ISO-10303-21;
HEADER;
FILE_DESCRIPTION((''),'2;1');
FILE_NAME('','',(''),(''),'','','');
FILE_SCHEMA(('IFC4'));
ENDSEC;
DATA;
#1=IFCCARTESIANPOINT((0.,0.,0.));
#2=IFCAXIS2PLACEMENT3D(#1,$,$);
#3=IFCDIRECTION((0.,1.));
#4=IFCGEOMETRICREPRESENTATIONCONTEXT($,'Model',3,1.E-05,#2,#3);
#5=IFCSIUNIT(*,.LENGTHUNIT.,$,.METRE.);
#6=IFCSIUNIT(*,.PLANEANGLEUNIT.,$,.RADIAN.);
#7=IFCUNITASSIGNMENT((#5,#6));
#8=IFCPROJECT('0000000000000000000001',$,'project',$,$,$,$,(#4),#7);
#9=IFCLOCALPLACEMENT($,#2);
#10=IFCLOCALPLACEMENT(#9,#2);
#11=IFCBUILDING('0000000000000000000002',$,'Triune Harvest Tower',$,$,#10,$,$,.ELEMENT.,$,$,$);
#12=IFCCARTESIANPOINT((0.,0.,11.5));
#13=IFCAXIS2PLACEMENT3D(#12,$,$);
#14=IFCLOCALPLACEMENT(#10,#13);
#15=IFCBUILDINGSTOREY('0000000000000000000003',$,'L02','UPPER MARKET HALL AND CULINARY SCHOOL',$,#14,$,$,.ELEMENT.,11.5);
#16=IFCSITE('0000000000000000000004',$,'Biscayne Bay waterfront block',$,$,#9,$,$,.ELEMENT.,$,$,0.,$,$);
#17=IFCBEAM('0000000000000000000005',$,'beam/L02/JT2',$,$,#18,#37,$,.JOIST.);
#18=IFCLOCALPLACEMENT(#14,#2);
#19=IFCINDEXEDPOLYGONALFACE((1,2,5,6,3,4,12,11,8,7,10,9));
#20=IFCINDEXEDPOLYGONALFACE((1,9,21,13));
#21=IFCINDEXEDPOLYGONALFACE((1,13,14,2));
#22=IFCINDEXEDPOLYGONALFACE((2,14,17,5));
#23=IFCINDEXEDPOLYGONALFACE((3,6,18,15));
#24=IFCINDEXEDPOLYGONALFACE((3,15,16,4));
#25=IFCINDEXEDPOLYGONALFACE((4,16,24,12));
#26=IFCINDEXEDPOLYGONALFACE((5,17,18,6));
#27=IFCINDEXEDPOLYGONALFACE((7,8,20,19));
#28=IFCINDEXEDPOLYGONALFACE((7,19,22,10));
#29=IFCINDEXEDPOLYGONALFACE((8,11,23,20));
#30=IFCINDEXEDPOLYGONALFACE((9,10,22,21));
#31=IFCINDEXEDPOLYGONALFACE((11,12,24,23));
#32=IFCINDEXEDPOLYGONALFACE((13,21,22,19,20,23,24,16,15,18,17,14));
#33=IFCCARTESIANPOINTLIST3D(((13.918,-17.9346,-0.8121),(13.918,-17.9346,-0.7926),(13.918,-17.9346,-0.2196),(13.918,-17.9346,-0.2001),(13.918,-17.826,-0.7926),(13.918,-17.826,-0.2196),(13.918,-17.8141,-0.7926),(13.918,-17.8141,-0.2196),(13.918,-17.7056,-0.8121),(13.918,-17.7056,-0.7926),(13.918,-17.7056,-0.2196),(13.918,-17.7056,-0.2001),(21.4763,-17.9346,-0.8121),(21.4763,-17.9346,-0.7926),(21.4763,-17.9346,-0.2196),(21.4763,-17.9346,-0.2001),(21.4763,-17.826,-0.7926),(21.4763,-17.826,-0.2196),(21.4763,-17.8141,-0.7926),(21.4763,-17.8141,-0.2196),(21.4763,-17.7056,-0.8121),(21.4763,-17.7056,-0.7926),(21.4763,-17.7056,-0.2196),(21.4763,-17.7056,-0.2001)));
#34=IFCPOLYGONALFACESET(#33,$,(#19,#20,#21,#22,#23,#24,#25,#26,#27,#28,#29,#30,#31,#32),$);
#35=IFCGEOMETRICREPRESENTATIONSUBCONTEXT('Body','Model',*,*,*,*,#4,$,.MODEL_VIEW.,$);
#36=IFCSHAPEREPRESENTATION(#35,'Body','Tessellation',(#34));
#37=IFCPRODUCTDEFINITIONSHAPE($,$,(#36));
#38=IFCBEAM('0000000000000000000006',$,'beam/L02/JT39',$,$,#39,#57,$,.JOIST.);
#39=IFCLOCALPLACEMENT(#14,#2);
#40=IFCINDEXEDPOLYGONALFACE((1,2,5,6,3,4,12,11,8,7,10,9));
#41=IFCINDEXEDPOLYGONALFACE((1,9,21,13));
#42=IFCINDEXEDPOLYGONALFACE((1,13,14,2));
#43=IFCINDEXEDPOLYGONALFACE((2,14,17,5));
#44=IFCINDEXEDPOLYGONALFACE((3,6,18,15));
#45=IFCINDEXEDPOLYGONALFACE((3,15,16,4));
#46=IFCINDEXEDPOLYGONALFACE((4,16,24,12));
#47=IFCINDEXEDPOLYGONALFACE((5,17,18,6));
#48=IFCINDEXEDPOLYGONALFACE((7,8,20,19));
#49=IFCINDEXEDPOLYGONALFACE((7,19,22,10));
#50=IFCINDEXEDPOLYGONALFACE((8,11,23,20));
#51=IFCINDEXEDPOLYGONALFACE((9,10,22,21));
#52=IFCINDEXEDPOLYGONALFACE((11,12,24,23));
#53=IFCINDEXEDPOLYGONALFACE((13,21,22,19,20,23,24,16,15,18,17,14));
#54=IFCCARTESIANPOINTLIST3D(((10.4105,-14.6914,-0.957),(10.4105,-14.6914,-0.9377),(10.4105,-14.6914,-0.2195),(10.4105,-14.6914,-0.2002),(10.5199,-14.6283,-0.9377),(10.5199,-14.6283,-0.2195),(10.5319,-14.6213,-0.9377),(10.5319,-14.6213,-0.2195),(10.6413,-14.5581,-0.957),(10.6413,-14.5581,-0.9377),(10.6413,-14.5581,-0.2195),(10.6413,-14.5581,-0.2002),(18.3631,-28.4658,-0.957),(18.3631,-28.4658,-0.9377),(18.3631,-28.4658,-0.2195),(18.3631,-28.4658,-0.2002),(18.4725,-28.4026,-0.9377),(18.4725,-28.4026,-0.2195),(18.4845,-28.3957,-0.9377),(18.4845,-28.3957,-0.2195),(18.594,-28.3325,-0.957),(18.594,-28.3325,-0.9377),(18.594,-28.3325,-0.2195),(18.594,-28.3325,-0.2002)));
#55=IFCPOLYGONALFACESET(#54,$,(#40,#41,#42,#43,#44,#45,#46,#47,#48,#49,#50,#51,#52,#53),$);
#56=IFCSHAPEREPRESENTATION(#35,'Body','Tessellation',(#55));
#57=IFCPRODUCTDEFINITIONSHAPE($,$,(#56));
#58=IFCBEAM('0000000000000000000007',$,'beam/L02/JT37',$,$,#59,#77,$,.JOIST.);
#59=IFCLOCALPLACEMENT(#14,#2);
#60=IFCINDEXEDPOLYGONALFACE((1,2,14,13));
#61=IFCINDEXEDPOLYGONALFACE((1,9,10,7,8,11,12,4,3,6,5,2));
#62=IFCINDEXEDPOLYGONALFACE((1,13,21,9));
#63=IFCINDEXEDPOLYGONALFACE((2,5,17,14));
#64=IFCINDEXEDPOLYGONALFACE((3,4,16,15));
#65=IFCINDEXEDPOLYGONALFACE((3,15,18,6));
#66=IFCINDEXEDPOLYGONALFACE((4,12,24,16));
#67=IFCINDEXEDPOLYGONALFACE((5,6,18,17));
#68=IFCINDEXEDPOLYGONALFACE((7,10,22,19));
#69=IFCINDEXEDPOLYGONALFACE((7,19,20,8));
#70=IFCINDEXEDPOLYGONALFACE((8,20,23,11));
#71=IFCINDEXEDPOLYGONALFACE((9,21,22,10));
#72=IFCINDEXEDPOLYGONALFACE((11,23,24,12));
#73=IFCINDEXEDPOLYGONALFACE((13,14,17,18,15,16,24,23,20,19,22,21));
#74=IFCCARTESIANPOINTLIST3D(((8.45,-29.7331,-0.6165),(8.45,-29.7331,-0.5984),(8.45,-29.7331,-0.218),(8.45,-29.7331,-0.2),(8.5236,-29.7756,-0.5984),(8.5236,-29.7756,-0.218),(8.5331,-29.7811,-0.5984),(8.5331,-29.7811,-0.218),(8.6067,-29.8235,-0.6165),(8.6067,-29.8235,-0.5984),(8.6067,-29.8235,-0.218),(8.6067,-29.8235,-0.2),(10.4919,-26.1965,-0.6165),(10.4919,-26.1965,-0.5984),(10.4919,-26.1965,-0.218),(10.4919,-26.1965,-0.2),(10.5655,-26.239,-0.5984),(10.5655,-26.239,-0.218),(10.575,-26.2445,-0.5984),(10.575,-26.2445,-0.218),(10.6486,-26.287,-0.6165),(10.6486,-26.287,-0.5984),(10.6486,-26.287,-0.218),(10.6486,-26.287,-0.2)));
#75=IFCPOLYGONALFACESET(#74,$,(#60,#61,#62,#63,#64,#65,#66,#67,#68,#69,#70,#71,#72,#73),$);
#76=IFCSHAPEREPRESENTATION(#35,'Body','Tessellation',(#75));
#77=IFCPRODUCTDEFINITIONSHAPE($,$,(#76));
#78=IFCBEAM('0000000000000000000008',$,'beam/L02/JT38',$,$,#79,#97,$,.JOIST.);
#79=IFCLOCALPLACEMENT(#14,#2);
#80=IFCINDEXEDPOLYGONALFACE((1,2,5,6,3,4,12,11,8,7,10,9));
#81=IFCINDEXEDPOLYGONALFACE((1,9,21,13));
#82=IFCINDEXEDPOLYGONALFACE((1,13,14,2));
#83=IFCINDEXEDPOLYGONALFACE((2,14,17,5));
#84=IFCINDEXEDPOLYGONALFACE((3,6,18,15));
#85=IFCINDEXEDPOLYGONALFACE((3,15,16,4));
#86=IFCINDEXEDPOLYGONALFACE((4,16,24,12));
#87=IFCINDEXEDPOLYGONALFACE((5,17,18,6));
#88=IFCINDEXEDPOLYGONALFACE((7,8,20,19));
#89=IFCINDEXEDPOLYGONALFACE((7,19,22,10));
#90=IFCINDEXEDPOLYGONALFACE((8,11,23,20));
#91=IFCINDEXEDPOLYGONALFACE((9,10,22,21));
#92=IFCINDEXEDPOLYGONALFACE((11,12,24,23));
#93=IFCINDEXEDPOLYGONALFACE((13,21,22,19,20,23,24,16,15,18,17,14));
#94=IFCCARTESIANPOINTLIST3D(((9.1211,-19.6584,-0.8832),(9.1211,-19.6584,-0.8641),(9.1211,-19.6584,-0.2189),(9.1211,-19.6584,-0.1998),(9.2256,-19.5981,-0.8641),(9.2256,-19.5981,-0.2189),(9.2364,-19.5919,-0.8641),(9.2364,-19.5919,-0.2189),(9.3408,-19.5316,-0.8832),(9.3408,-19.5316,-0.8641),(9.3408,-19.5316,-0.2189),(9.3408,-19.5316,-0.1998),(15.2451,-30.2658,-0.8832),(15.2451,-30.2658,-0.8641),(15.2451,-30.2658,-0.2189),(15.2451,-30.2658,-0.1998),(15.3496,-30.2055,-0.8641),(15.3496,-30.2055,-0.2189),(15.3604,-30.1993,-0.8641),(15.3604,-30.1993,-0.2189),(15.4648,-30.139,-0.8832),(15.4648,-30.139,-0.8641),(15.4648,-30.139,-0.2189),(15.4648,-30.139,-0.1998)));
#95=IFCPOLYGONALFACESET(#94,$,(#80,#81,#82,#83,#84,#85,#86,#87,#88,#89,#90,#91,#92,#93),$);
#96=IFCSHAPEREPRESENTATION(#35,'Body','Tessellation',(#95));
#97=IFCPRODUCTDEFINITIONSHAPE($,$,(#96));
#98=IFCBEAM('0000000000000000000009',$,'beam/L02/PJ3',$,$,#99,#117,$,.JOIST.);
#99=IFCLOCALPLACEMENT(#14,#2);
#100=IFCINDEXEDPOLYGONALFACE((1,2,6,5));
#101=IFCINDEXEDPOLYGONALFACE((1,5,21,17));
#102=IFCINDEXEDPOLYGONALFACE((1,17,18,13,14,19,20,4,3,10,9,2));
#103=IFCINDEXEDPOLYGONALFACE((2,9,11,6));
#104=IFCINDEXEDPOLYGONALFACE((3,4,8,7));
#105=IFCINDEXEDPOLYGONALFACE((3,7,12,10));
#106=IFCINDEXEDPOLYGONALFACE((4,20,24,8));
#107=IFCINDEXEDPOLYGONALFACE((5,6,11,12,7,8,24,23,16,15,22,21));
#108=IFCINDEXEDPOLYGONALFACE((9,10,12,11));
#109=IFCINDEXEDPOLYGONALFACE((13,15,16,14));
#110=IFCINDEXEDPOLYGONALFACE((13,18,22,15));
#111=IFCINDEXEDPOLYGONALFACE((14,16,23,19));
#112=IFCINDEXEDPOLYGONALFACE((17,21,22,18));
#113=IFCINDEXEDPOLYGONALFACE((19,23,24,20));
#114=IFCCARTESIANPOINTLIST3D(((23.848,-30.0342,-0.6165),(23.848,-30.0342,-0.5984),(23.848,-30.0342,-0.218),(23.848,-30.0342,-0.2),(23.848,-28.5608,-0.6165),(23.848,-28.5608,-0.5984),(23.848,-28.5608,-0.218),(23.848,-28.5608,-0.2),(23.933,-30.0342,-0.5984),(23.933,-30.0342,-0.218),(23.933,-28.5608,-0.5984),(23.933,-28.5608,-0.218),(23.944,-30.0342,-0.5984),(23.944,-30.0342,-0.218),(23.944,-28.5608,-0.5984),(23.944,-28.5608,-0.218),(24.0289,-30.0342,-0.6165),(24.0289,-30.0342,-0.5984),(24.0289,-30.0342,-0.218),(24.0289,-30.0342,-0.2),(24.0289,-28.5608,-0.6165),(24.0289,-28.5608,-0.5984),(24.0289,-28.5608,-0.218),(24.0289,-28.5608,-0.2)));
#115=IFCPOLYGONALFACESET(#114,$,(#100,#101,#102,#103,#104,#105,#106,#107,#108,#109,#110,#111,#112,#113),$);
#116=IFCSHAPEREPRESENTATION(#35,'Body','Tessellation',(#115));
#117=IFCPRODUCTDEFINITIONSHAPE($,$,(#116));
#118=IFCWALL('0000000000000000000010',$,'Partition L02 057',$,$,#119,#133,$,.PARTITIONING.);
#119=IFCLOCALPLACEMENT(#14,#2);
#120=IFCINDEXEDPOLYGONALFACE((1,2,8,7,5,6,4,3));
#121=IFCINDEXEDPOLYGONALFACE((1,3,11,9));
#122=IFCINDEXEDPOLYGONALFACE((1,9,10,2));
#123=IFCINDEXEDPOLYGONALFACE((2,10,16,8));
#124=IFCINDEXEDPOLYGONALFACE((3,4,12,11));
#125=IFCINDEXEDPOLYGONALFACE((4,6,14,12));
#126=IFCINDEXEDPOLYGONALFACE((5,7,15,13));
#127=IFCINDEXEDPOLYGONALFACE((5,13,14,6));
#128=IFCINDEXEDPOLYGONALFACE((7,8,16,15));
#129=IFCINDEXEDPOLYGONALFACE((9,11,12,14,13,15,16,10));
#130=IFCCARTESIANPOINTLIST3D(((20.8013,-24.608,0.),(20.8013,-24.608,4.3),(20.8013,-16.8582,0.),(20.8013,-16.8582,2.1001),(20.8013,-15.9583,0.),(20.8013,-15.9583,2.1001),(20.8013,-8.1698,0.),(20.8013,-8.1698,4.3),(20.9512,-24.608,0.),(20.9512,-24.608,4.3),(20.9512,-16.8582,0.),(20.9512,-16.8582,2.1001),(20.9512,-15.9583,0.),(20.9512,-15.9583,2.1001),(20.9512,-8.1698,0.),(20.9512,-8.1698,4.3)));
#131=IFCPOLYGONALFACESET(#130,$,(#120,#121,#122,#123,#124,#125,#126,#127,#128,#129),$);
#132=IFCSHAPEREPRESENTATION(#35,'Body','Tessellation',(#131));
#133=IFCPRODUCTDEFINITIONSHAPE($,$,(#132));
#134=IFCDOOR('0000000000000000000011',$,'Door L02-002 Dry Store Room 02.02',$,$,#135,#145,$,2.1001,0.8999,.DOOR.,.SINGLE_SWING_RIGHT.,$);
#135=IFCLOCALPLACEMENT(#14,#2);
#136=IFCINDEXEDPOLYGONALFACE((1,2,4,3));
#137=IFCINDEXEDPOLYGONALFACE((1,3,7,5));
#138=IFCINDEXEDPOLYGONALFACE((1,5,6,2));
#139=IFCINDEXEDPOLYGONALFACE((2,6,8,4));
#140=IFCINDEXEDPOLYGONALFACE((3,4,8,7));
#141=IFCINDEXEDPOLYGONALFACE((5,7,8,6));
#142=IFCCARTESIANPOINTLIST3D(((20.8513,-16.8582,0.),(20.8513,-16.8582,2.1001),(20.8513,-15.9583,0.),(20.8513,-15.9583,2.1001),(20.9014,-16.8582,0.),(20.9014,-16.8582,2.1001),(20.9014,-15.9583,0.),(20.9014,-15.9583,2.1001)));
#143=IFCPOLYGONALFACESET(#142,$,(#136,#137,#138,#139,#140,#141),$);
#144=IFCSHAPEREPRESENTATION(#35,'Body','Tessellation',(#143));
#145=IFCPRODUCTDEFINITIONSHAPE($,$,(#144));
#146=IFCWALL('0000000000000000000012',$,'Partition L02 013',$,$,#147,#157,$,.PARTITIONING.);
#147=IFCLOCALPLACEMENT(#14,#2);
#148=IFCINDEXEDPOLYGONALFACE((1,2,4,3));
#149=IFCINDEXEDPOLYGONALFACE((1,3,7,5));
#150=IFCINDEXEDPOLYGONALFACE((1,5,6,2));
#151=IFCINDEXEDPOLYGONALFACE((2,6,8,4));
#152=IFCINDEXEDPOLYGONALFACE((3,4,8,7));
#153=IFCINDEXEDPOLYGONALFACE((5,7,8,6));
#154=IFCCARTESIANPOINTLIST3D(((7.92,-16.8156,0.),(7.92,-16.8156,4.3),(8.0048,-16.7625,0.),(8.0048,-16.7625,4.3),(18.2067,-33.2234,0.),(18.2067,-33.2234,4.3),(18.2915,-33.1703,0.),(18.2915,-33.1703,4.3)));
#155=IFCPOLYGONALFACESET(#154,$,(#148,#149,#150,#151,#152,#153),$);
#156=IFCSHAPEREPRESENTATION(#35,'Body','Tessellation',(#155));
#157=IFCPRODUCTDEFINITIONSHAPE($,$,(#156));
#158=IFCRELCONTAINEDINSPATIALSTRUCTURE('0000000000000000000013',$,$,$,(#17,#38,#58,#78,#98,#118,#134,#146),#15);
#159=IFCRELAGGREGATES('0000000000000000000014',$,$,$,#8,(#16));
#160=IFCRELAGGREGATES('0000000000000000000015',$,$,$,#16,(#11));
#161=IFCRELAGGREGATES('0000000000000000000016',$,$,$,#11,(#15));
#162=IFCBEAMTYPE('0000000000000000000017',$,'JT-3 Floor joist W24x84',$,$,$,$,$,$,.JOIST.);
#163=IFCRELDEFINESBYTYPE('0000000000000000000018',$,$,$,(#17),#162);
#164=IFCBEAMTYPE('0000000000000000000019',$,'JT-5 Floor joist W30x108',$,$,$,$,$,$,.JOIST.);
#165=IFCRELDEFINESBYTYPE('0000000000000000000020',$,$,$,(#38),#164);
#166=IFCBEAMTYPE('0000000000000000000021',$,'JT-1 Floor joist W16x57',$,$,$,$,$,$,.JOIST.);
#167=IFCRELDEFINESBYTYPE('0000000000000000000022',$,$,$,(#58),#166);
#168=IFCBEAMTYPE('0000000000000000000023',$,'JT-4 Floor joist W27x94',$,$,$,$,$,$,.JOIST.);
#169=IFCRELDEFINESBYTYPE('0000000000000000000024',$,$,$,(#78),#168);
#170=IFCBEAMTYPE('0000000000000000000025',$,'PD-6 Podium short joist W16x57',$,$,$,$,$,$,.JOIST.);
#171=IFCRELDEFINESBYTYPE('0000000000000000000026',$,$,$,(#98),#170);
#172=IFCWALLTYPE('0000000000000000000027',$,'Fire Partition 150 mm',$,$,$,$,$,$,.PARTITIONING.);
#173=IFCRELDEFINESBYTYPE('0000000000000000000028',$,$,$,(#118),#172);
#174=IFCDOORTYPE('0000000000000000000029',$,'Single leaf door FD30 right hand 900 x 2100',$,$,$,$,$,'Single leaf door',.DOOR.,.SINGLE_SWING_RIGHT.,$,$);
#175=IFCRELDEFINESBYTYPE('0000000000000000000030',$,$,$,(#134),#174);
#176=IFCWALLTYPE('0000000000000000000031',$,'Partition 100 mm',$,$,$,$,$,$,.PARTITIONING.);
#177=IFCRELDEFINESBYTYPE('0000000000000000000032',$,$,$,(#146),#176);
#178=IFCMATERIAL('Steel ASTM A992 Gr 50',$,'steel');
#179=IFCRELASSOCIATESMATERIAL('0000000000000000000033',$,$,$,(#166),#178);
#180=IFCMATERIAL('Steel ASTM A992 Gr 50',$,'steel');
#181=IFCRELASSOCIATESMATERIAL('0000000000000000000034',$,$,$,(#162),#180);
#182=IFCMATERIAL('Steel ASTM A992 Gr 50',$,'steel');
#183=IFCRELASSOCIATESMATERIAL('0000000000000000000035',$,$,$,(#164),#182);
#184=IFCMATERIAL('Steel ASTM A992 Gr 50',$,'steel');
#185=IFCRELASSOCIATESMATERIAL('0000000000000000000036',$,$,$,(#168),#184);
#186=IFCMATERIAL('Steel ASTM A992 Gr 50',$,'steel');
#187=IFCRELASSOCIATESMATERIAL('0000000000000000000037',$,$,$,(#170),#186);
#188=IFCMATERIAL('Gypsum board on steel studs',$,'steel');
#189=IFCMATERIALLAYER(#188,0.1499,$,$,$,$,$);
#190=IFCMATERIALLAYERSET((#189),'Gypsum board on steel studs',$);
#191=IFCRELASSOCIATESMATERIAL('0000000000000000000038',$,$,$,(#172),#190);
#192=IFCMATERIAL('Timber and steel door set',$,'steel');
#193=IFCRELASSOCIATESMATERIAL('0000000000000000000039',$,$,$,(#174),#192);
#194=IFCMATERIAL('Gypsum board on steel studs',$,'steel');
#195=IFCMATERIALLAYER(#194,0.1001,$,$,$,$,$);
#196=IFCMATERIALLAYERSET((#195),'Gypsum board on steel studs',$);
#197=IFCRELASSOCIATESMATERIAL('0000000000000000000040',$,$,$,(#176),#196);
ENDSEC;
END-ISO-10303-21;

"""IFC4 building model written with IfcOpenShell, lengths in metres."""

from ifc_helpers import new_model, si_unit, direction, frame, frame_2d, origin, origin_2d, place, context, subcontext, project, spatial, rectangle, i_section, extrude, source, transform, mapped, material, layer, layer_set, material_profile, profile_set, type_object, element, fill, save


model = new_model("IFC4")

# Units and contexts
model_context = context("Model", 3, precision=1e-05, world=origin(), true_north=direction((0.0, 1.0)))
body_context = subcontext(model_context, "Body", "Model", "MODEL_VIEW")
ifc_project = project(units=[si_unit("LENGTHUNIT", "METRE"), si_unit("PLANEANGLEUNIT", "RADIAN")], contexts=[model_context])

# Site, building, storey
site_placement = place(None, origin())
site = spatial("IfcSite", under=ifc_project, at=site_placement, Name="Biscayne Bay waterfront block", CompositionType="ELEMENT", RefElevation=0.0)
building_placement = place(site_placement, origin())
building = spatial("IfcBuilding", under=site, at=building_placement, Name="Triune Harvest Tower", CompositionType="ELEMENT")
storey_placement = place(building_placement, frame((0.0, 0.0, 11.5)))
storey = spatial("IfcBuildingStorey", under=building, at=storey_placement, Name="L02", Description="UPPER MARKET HALL AND CULINARY SCHOOL", CompositionType="ELEMENT", Elevation=11.5)

# Beams
ifc_material_1 = material(Name="Steel ASTM A992 Gr 50", Category="steel")
ifc_material_profile_1 = material_profile(ifc_material_1, i_section(OverallWidth=0.1809, OverallDepth=0.4165, WebThickness=0.011, FlangeThickness=0.0181, at=origin_2d()), Name="W16x57")
ifc_profile_set_1 = profile_set([ifc_material_profile_1], Name="Steel ASTM A992 Gr 50")
beam_type_1 = type_object("IfcBeamType", Name="JT-1 Floor joist W16x57", PredefinedType="JOIST", material=ifc_profile_set_1)
ifc_material_2 = material(Name="Steel ASTM A992 Gr 50", Category="steel")
ifc_material_profile_2 = material_profile(ifc_material_2, i_section(OverallWidth=0.229, OverallDepth=0.6121, WebThickness=0.012, FlangeThickness=0.0195, at=origin_2d()), Name="W24x84")
ifc_profile_set_2 = profile_set([ifc_material_profile_2], Name="Steel ASTM A992 Gr 50")
beam_type_2 = type_object("IfcBeamType", Name="JT-3 Floor joist W24x84", PredefinedType="JOIST", material=ifc_profile_set_2)
shared_shape_1 = source(origin(), body_context, "Body", "SweptSolid", [
    extrude(i_section(OverallWidth=0.229, OverallDepth=0.6121, WebThickness=0.012, FlangeThickness=0.0195, at=origin_2d()), origin(), (0.0, 0.0, 1.0), 7.5583),
])
beam_1_placement = place(storey_placement, frame((21.4763, -17.8201, -0.5061), z_axis=(-1.0, 0.0, 0.0), x_axis=(0.0, -1.0, 0.0)))
element("IfcBeam", 1, at=beam_1_placement, inside=storey, type_object=beam_type_2, Name="beam/L02/JT2", PredefinedType="JOIST", context=body_context, shape_type="MappedRepresentation", body=[
    mapped(shared_shape_1, transform((0.0, 0.0, 0.0), scale=1.0)),
])
ifc_material_3 = material(Name="Steel ASTM A992 Gr 50", Category="steel")
ifc_material_profile_3 = material_profile(ifc_material_3, i_section(OverallWidth=0.2666, OverallDepth=0.7568, WebThickness=0.0139, FlangeThickness=0.0193, at=origin_2d()), Name="W30x108")
ifc_profile_set_3 = profile_set([ifc_material_profile_3], Name="Steel ASTM A992 Gr 50")
beam_type_3 = type_object("IfcBeamType", Name="JT-5 Floor joist W30x108", PredefinedType="JOIST", material=ifc_profile_set_3)
shared_shape_2 = source(origin(), body_context, "Body", "SweptSolid", [
    extrude(i_section(OverallWidth=0.2666, OverallDepth=0.7568, WebThickness=0.0139, FlangeThickness=0.0193, at=origin_2d()), origin(), (0.0, 0.0, 1.0), 15.9053),
])
beam_2_placement = place(storey_placement, frame((18.4785, -28.3992, -0.5786), z_axis=(-0.499999, 0.866026, 0.0), x_axis=(-0.866026, -0.499999, 0.0)))
element("IfcBeam", 2, at=beam_2_placement, inside=storey, type_object=beam_type_3, Name="beam/L02/JT39", PredefinedType="JOIST", context=body_context, shape_type="MappedRepresentation", body=[
    mapped(shared_shape_2, transform((0.0, 0.0, 0.0), scale=1.0)),
])
shared_shape_3 = source(origin(), body_context, "Body", "SweptSolid", [
    extrude(i_section(OverallWidth=0.1809, OverallDepth=0.4165, WebThickness=0.011, FlangeThickness=0.0181, at=origin_2d()), origin(), (0.0, 0.0, 1.0), 4.0837),
])
beam_3_placement = place(storey_placement, frame((8.5283, -29.7783, -0.4082), z_axis=(0.500023, 0.866012, 0.0), x_axis=(-0.866012, 0.500023, 0.0)))
element("IfcBeam", 3, at=beam_3_placement, inside=storey, type_object=beam_type_1, Name="beam/L02/JT37", PredefinedType="JOIST", context=body_context, shape_type="MappedRepresentation", body=[
    mapped(shared_shape_3, transform((0.0, 0.0, 0.0), scale=1.0)),
])
ifc_material_4 = material(Name="Steel ASTM A992 Gr 50", Category="steel")
ifc_material_profile_4 = material_profile(ifc_material_4, i_section(OverallWidth=0.2537, OverallDepth=0.6833, WebThickness=0.0125, FlangeThickness=0.019, at=origin_2d()), Name="W27x94")
ifc_profile_set_4 = profile_set([ifc_material_profile_4], Name="Steel ASTM A992 Gr 50")
beam_type_4 = type_object("IfcBeamType", Name="JT-4 Floor joist W27x94", PredefinedType="JOIST", material=ifc_profile_set_4)
shared_shape_4 = source(origin(), body_context, "Body", "SweptSolid", [
    extrude(i_section(OverallWidth=0.2537, OverallDepth=0.6833, WebThickness=0.0125, FlangeThickness=0.019, at=origin_2d()), origin(), (0.0, 0.0, 1.0), 12.2483),
])
beam_4_placement = place(storey_placement, frame((15.355, -30.2024, -0.5415), z_axis=(-0.499989, 0.866032, 0.0), x_axis=(-0.866032, -0.499989, 0.0)))
element("IfcBeam", 4, at=beam_4_placement, inside=storey, type_object=beam_type_4, Name="beam/L02/JT38", PredefinedType="JOIST", context=body_context, shape_type="MappedRepresentation", body=[
    mapped(shared_shape_4, transform((0.0, 0.0, 0.0), scale=1.0)),
])
ifc_material_5 = material(Name="Steel ASTM A992 Gr 50", Category="steel")
ifc_material_profile_5 = material_profile(ifc_material_5, i_section(OverallWidth=0.1809, OverallDepth=0.4165, WebThickness=0.011, FlangeThickness=0.0181, at=origin_2d()), Name="W16x57")
ifc_profile_set_5 = profile_set([ifc_material_profile_5], Name="Steel ASTM A992 Gr 50")
beam_type_5 = type_object("IfcBeamType", Name="PD-6 Podium short joist W16x57", PredefinedType="JOIST", material=ifc_profile_set_5)
shared_shape_5 = source(origin(), body_context, "Body", "SweptSolid", [
    extrude(i_section(OverallWidth=0.1809, OverallDepth=0.4165, WebThickness=0.011, FlangeThickness=0.0181, at=origin_2d()), origin(), (0.0, 0.0, 1.0), 1.4734),
])
beam_5_placement = place(storey_placement, frame((23.9385, -30.0342, -0.4082), z_axis=(0.0, 1.0, 0.0), x_axis=(-1.0, 0.0, 0.0)))
element("IfcBeam", 5, at=beam_5_placement, inside=storey, type_object=beam_type_5, Name="beam/L02/PJ3", PredefinedType="JOIST", context=body_context, shape_type="MappedRepresentation", body=[
    mapped(shared_shape_5, transform((0.0, 0.0, 0.0), scale=1.0)),
])

# Wall, opening, door
ifc_material_6 = material(Name="Gypsum board on steel studs", Category="steel")
ifc_layer_1 = layer(ifc_material_6, 0.1499)
ifc_layer_set_1 = layer_set([ifc_layer_1], Name="Gypsum board on steel studs")
wall_type_1 = type_object("IfcWallType", Name="Fire Partition 150 mm", PredefinedType="PARTITIONING", material=ifc_layer_set_1)
wall_1_placement = place(storey_placement, frame((20.8762, -24.6082, 0.0), z_axis=(0.0, 0.0, 1.0), x_axis=(0.0, 1.0, 0.0)))
wall_1 = element("IfcWall", 6, at=wall_1_placement, inside=storey, type_object=wall_type_1, Name="Partition L02 057", PredefinedType="PARTITIONING", context=body_context, shape_type="SweptSolid", body=[
    extrude(rectangle(XDim=16.4382, YDim=0.1499, at=frame_2d((8.2192, 0.0))), origin(), (0.0, 0.0, 1.0), 4.3),
])
opening_placement = place(wall_1_placement, frame((7.75, 0.0, 0.0)))
opening = element("IfcOpeningElement", 7, at=opening_placement, cuts=wall_1, PredefinedType="OPENING", context=body_context, shape_type="SweptSolid", body=[
    extrude(rectangle(XDim=0.8999, YDim=2.1001, at=frame_2d((0.45, 1.05))), frame((0.0, 0.085, 0.0), z_axis=(0.0, -1.0, 0.0), x_axis=(1.0, 0.0, 0.0)), (0.0, 0.0, 1.0), 0.1699),
])
ifc_material_7 = material(Name="Timber and steel door set", Category="steel")
door_type = type_object("IfcDoorType", Name="Single leaf door FD30 right hand 900 x 2100", ElementType="Single leaf door", OperationType="SINGLE_SWING_RIGHT", PredefinedType="DOOR", material=ifc_material_7)
door_placement = place(opening_placement, origin())
door = element("IfcDoor", 8, at=door_placement, inside=storey, type_object=door_type, Name="Door L02-002 Dry Store Room 02.02", OperationType="SINGLE_SWING_RIGHT", OverallHeight=2.1001, OverallWidth=0.8999, PredefinedType="DOOR", context=body_context, shape_type="SweptSolid", body=[
    extrude(rectangle(XDim=0.8999, YDim=2.1001, at=frame_2d((0.45, 1.05))), frame((0.0, 0.0249, 0.0), z_axis=(0.0, -1.0, 0.0), x_axis=(1.0, 0.0, 0.0)), (0.0, 0.0, 1.0), 0.05),
])
fill(opening, door)

# Wall
ifc_material_8 = material(Name="Gypsum board on steel studs", Category="steel")
ifc_layer_2 = layer(ifc_material_8, 0.1001)
ifc_layer_set_2 = layer_set([ifc_layer_2], Name="Gypsum board on steel studs")
wall_type_2 = type_object("IfcWallType", Name="Partition 100 mm", PredefinedType="PARTITIONING", material=ifc_layer_set_2)
wall_2_placement = place(storey_placement, frame((7.9624, -16.7891, 0.0), z_axis=(0.0, 0.0, 1.0), x_axis=(0.531179, -0.847259, 0.0)))
element("IfcWall", 9, at=wall_2_placement, inside=storey, type_object=wall_type_2, Name="Partition L02 013", PredefinedType="PARTITIONING", context=body_context, shape_type="SweptSolid", body=[
    extrude(rectangle(XDim=19.3657, YDim=0.1001, at=frame_2d((9.6829, 0.0))), origin(), (0.0, 0.0, 1.0), 4.3),
])

save(model, "model.ifc")
